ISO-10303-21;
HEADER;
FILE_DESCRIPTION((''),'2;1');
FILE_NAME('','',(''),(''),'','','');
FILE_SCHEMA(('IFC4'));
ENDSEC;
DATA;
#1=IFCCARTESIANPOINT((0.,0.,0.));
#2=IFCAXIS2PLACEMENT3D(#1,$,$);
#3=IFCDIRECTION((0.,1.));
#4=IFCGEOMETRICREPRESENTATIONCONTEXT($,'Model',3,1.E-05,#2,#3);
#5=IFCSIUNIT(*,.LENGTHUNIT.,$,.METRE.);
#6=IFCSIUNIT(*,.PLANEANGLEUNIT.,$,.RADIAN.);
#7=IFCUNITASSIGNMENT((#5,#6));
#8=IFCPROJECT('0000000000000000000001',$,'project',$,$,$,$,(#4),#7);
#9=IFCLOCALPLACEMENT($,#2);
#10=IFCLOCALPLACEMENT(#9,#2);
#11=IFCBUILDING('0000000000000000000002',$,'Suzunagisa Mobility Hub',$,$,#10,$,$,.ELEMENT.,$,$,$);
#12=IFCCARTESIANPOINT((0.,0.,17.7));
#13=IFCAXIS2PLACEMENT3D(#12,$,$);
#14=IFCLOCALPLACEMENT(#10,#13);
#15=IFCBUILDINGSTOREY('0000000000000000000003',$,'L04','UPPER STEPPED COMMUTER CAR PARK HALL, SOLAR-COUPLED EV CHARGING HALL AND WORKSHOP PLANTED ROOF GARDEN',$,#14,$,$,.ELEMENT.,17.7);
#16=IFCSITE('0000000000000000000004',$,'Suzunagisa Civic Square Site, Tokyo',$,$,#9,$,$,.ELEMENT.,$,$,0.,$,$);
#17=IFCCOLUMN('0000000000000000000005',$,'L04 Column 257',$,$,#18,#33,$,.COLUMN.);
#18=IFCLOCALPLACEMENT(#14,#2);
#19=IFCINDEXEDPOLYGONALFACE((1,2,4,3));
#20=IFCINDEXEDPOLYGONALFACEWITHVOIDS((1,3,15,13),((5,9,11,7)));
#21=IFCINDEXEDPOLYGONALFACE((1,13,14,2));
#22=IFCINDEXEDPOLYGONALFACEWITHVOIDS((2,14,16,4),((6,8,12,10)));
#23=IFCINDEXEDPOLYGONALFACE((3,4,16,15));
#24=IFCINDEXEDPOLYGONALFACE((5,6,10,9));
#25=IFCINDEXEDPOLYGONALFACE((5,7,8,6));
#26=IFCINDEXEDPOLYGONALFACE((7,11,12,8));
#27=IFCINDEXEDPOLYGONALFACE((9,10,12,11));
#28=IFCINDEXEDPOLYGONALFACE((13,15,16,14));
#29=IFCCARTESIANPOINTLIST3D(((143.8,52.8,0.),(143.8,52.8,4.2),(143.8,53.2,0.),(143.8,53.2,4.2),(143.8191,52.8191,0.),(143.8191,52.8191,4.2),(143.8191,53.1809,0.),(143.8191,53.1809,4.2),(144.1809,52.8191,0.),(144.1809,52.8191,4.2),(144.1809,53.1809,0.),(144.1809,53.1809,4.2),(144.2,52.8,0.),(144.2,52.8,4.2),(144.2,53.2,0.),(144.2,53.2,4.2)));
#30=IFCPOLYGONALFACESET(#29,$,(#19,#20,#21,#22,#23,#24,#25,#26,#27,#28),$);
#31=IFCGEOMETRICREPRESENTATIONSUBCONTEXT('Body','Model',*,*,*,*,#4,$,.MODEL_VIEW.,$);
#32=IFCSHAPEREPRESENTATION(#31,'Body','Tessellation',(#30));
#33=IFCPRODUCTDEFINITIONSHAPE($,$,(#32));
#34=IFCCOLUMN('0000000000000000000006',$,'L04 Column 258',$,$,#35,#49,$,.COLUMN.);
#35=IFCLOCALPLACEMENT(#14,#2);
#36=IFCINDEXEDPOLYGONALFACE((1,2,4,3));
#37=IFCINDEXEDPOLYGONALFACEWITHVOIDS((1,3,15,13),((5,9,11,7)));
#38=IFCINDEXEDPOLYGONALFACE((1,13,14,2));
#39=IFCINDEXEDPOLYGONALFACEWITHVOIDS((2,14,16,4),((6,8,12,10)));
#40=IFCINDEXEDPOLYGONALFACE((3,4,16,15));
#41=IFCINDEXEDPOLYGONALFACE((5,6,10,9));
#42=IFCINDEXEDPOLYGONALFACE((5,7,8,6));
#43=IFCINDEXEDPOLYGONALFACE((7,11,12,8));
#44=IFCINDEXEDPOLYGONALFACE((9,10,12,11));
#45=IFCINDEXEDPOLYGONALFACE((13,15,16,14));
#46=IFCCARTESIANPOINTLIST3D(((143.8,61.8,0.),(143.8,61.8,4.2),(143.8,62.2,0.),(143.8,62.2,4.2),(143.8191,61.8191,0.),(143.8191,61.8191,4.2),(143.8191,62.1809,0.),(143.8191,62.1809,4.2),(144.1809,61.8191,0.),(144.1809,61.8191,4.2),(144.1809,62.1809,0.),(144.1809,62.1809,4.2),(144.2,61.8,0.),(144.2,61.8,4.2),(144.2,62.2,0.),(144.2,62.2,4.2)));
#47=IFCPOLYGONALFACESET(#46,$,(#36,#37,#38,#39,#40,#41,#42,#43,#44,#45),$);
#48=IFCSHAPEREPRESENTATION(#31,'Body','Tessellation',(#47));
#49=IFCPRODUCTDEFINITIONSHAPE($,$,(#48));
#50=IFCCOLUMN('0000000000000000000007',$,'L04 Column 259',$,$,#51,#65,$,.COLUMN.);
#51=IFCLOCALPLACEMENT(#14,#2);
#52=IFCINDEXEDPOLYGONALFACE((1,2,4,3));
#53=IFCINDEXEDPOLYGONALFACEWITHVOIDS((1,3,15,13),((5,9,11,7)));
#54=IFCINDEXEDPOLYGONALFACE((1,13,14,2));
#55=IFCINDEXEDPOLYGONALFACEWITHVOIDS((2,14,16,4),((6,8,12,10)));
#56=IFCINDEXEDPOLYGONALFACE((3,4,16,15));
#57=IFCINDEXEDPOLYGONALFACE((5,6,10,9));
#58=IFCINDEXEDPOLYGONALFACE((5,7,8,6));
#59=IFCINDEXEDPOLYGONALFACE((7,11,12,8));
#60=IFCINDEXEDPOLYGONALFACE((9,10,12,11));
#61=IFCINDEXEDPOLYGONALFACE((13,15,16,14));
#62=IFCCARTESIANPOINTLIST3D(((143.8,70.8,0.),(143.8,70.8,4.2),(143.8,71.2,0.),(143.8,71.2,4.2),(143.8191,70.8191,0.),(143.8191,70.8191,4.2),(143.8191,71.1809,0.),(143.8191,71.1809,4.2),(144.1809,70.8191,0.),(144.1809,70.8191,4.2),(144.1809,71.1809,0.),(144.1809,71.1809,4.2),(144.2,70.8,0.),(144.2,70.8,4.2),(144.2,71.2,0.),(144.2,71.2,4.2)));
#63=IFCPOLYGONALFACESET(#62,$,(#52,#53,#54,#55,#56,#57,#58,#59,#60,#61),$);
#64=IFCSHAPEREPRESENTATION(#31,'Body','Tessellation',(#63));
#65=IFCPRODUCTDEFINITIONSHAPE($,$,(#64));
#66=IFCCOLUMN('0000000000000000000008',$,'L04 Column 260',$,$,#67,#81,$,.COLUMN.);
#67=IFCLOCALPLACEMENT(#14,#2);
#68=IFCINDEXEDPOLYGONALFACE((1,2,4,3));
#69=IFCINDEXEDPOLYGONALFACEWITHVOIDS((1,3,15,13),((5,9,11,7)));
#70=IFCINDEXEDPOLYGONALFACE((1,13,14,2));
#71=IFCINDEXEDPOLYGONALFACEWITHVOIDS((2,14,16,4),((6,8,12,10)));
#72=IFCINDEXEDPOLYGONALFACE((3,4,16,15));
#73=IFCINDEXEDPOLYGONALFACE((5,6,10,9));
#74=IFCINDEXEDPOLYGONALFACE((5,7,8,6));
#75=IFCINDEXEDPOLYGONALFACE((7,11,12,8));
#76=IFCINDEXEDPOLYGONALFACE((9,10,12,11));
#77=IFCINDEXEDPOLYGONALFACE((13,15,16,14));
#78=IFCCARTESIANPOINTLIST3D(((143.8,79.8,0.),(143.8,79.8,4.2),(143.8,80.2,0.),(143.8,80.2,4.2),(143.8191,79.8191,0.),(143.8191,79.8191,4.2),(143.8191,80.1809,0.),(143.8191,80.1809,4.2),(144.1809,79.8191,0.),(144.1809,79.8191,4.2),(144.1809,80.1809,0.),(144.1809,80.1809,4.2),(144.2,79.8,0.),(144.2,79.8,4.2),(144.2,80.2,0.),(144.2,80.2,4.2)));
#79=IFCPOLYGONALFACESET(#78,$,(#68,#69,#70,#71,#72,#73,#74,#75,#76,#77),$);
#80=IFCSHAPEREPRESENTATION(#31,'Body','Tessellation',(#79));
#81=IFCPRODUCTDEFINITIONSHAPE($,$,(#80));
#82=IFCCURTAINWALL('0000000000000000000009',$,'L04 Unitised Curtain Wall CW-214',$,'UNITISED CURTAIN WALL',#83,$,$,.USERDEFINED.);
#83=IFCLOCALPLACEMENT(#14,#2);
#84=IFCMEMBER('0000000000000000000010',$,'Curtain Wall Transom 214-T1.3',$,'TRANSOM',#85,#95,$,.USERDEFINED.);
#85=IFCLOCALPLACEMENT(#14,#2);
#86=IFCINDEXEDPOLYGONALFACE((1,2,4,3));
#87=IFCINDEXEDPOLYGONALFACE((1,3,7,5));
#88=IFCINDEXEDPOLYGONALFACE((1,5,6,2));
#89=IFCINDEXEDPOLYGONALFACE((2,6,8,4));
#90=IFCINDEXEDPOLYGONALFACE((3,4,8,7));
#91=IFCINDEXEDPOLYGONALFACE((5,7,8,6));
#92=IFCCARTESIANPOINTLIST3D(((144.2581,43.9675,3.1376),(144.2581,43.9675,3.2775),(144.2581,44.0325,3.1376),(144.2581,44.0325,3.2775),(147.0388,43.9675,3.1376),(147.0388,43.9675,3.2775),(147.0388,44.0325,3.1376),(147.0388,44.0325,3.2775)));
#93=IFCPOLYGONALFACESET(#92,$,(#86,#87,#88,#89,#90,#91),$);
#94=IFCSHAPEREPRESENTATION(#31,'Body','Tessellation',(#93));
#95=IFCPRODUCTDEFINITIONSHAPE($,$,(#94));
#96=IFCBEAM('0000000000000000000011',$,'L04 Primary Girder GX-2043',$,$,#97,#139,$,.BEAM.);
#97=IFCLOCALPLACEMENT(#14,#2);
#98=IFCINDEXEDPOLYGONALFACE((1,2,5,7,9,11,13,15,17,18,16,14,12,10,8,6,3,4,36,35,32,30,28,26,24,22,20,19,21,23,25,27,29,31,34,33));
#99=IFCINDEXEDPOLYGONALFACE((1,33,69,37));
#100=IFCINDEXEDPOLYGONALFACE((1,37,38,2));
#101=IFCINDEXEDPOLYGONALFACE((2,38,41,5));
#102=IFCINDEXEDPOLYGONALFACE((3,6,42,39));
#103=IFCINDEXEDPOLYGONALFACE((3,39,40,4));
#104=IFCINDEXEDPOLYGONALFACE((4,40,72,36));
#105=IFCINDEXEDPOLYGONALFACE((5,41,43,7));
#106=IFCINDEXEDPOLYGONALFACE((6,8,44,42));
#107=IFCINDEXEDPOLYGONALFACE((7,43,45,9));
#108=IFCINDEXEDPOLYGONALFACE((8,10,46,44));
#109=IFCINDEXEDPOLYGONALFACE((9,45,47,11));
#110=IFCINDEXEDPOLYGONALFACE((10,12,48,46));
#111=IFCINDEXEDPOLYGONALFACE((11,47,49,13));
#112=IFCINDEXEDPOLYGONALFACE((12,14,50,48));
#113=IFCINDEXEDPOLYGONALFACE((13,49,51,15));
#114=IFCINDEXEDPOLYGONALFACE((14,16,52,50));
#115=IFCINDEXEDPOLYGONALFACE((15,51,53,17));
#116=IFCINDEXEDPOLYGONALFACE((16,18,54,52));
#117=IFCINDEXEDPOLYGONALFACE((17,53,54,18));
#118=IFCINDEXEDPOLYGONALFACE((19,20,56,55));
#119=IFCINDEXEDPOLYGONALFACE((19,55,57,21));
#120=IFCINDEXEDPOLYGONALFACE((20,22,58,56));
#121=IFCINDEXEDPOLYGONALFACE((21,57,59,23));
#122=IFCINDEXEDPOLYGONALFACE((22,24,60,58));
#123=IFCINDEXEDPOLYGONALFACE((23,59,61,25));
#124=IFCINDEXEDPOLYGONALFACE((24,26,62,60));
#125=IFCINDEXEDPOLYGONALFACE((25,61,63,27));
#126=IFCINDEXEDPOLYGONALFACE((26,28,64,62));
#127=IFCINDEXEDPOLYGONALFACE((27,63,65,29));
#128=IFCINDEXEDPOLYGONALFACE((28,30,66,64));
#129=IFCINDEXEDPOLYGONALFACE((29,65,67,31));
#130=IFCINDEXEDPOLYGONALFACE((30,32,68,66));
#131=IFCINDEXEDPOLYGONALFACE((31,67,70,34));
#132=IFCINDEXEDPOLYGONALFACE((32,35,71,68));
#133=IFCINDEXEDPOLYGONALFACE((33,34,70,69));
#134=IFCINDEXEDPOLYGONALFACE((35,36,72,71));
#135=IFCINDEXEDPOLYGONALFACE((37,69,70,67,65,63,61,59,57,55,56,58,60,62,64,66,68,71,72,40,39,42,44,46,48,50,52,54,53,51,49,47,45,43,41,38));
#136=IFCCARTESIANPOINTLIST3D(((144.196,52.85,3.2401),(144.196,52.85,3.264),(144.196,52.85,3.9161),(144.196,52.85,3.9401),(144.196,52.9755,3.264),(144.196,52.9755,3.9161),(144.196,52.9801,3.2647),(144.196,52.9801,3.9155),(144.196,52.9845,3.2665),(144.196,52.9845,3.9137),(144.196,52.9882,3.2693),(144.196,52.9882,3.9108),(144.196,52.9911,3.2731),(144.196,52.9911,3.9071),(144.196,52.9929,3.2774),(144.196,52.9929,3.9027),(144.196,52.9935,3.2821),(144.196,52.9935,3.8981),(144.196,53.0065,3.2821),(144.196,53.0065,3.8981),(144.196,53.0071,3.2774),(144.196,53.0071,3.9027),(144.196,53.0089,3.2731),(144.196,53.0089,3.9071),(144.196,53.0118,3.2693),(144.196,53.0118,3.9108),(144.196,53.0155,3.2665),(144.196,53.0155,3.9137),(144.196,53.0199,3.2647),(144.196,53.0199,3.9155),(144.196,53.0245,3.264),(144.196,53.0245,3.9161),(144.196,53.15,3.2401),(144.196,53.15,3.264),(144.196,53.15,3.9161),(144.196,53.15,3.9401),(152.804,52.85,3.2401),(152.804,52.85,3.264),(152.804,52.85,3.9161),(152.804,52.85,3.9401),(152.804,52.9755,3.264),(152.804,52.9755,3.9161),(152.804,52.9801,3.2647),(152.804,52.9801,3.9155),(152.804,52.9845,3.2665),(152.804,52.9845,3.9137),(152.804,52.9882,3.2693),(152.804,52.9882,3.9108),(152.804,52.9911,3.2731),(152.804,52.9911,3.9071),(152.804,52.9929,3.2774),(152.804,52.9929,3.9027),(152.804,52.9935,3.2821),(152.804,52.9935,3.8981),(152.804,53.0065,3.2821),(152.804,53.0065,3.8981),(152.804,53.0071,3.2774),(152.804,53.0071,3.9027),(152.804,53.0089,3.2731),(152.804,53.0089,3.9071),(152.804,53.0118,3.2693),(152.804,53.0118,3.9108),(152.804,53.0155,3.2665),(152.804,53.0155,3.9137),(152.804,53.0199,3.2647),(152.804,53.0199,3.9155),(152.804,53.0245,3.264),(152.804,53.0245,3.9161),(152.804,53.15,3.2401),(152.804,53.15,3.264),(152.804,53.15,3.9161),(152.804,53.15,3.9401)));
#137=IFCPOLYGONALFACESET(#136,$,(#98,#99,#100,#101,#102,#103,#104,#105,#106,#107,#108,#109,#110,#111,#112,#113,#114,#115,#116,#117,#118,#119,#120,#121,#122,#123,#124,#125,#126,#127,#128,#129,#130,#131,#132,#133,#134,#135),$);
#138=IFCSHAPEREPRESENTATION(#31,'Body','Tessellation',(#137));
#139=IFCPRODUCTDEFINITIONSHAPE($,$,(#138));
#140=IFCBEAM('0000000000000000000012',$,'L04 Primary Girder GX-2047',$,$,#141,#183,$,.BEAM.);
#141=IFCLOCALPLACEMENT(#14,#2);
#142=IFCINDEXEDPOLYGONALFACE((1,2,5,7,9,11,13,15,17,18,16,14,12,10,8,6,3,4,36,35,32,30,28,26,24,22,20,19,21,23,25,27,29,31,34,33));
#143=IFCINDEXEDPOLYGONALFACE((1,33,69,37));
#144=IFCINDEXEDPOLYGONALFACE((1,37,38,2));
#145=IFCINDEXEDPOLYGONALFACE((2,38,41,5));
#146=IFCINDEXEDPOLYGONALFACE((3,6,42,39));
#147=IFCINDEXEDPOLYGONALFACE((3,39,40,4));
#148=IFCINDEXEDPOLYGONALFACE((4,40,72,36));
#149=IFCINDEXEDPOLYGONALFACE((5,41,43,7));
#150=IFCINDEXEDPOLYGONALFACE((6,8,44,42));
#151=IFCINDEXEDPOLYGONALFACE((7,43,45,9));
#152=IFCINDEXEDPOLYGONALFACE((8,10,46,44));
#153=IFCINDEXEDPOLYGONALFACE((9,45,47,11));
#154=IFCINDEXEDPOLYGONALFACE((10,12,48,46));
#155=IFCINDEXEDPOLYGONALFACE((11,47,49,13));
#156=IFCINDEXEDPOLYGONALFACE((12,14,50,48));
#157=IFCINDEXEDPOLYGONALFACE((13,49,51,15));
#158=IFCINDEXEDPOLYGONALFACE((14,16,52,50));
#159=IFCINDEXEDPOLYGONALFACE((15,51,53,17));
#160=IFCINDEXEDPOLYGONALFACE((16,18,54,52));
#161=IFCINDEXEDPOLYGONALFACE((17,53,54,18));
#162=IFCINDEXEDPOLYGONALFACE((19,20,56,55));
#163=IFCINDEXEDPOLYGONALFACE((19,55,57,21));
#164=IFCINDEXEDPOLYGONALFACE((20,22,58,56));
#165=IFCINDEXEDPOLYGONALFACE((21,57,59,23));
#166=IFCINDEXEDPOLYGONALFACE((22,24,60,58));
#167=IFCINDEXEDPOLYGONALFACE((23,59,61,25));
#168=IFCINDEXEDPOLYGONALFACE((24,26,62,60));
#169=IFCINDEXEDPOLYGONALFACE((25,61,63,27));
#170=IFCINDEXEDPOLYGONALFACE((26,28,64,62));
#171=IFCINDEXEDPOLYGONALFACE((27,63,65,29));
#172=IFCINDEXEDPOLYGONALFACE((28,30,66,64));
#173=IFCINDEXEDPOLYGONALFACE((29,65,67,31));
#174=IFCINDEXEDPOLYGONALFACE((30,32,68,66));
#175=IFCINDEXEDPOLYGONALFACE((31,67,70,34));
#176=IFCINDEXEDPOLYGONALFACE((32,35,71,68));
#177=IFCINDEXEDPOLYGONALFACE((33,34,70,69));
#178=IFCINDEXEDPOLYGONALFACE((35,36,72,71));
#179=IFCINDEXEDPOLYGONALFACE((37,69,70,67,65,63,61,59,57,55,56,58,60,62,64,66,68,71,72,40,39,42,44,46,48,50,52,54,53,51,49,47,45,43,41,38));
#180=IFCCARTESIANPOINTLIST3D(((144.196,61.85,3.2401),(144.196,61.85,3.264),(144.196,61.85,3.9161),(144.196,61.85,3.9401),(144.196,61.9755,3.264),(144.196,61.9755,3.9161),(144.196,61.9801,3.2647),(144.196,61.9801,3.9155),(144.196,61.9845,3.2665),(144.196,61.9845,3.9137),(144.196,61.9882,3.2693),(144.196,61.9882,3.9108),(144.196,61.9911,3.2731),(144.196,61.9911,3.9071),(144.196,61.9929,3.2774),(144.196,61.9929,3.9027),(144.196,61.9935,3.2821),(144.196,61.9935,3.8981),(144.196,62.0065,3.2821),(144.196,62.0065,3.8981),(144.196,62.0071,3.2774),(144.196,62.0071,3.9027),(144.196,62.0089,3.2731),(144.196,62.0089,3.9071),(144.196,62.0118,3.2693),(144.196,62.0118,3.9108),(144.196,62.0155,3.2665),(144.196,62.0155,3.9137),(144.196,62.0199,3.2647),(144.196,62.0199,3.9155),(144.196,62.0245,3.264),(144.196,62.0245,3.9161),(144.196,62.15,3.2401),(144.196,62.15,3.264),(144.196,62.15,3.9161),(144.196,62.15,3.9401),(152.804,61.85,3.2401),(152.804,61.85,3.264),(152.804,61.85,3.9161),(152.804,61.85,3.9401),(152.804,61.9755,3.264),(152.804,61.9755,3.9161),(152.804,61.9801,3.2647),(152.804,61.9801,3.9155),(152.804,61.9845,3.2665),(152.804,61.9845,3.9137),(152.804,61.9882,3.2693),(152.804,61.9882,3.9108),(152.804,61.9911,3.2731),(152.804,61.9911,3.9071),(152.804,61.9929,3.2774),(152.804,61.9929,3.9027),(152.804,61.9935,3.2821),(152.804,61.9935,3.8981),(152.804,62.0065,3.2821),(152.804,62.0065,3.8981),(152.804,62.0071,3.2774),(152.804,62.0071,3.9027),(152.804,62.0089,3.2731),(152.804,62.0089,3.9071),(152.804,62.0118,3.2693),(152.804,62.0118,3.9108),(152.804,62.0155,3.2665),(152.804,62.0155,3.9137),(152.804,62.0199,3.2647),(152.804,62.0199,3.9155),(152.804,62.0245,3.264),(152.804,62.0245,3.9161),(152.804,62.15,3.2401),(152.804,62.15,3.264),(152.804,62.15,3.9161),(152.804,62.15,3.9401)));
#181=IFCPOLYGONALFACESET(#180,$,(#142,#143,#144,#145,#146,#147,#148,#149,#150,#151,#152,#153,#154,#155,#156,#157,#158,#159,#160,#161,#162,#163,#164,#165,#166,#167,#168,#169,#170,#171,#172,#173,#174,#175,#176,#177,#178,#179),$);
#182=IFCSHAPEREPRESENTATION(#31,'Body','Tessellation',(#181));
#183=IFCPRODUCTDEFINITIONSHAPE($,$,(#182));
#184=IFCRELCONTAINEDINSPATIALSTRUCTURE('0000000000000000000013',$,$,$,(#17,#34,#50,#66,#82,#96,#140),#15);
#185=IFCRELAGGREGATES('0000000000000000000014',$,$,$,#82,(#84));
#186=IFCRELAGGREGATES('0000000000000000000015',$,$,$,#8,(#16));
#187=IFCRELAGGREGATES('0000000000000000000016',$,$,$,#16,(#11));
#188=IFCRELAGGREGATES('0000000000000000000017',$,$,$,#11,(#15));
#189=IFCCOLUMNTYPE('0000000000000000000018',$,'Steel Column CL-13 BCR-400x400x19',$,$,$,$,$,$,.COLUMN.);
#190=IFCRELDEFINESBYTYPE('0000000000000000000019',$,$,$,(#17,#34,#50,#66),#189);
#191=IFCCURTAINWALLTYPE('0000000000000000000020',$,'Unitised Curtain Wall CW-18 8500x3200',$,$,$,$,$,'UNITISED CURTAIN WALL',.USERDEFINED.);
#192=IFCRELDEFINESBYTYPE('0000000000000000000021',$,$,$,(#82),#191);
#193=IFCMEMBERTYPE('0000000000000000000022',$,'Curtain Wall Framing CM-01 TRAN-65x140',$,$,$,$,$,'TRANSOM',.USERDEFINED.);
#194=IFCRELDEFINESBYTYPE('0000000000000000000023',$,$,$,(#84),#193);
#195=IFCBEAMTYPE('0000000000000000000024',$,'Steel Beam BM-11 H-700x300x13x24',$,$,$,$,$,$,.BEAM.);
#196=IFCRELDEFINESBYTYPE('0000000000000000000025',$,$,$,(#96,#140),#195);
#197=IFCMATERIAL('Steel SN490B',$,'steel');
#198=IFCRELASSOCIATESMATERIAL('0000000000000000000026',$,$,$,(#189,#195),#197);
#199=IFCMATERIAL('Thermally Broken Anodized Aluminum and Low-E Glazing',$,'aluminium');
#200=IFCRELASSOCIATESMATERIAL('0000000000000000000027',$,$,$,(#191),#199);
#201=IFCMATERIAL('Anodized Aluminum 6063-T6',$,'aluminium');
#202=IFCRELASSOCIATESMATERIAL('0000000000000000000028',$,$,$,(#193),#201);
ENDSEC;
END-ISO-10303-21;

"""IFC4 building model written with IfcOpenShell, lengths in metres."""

from ifc_helpers import new_model, si_unit, direction, frame, origin, origin_2d, place, context, subcontext, project, spatial, rectangle, hollow_rectangle, i_section, extrude, material, material_profile, profile_set, type_object, element, aggregate, save


model = new_model("IFC4")

# Units and contexts
model_context = context("Model", 3, precision=1e-05, world=origin(), true_north=direction((0.0, 1.0)))
body_context = subcontext(model_context, "Body", "Model", "MODEL_VIEW")
ifc_project = project(units=[si_unit("LENGTHUNIT", "METRE"), si_unit("PLANEANGLEUNIT", "RADIAN")], contexts=[model_context])

# Site, building, storey
site_placement = place(None, origin())
site = spatial("IfcSite", under=ifc_project, at=site_placement, Name="Suzunagisa Civic Square Site, Tokyo", CompositionType="ELEMENT", RefElevation=0.0)
building_placement = place(site_placement, origin())
building = spatial("IfcBuilding", under=site, at=building_placement, Name="Suzunagisa Mobility Hub", CompositionType="ELEMENT")
storey_placement = place(building_placement, frame((0.0, 0.0, 17.7)))
storey = spatial("IfcBuildingStorey", under=building, at=storey_placement, Name="L04", Description="UPPER STEPPED COMMUTER CAR PARK HALL, SOLAR-COUPLED EV CHARGING HALL AND WORKSHOP PLANTED ROOF GARDEN", CompositionType="ELEMENT", Elevation=17.7)

# Columns
ifc_material_1 = material(Name="Steel SN490B", Category="steel")
ifc_material_profile_1 = material_profile(ifc_material_1, hollow_rectangle(XDim=0.3999, YDim=0.3999, WallThickness=0.019, at=origin_2d()), Name="BCR-400x400x19")
ifc_profile_set_1 = profile_set([ifc_material_profile_1], Name="Steel SN490B")
column_type = type_object("IfcColumnType", Name="Steel Column CL-13 BCR-400x400x19", PredefinedType="COLUMN", material=ifc_profile_set_1)
for number, where, z_axis, x_axis, name in (
    (1, (144.0, 53.0, 0.0), (0.0, 0.0, 1.0), (1.0, 0.0, 0.0), "L04 Column 257"),
    (2, (144.0, 62.0, 0.0), (0.0, 0.0, 1.0), (1.0, 0.0, 0.0), "L04 Column 258"),
    (3, (144.0, 71.0, 0.0), (0.0, 0.0, 1.0), (1.0, 0.0, 0.0), "L04 Column 259"),
    (4, (144.0, 80.0, 0.0), (0.0, 0.0, 1.0), (1.0, 0.0, 0.0), "L04 Column 260"),
):
    element("IfcColumn", number, at=place(storey_placement, frame(where, z_axis=z_axis, x_axis=x_axis)), inside=storey, type_object=column_type, Name=name, PredefinedType="COLUMN", context=body_context, shape_type="SweptSolid", body=[
        extrude(hollow_rectangle(XDim=0.3999, YDim=0.3999, WallThickness=0.019, at=origin_2d()), origin(), (0.0, 0.0, 1.0), 4.2),
    ])

# Curtain wall, member
ifc_material_2 = material(Name="Thermally Broken Anodized Aluminum and Low-E Glazing", Category="aluminium")
curtain_wall_type = type_object("IfcCurtainWallType", Name="Unitised Curtain Wall CW-18 8500x3200", ElementType="UNITISED CURTAIN WALL", PredefinedType="USERDEFINED", material=ifc_material_2)
curtain_wall_placement = place(storey_placement, origin())
curtain_wall = element("IfcCurtainWall", 5, at=curtain_wall_placement, inside=storey, type_object=curtain_wall_type, Name="L04 Unitised Curtain Wall CW-214", ObjectType="UNITISED CURTAIN WALL", PredefinedType="USERDEFINED")
ifc_material_3 = material(Name="Anodized Aluminum 6063-T6", Category="aluminium")
ifc_material_profile_2 = material_profile(ifc_material_3, rectangle(XDim=0.0649, YDim=0.1399, at=origin_2d()), Name="TRAN-65x140")
ifc_profile_set_2 = profile_set([ifc_material_profile_2], Name="Anodized Aluminum 6063-T6")
member_type = type_object("IfcMemberType", Name="Curtain Wall Framing CM-01 TRAN-65x140", ElementType="TRANSOM", PredefinedType="USERDEFINED", material=ifc_profile_set_2)
member_placement = place(storey_placement, frame((144.2581, 44.0, 3.2075), z_axis=(1.0, 0.0, 0.0), x_axis=(0.0, 1.0, 0.0)))
member = element("IfcMember", 6, at=member_placement, type_object=member_type, Name="Curtain Wall Transom 214-T1.3", ObjectType="TRANSOM", PredefinedType="USERDEFINED", context=body_context, shape_type="SweptSolid", body=[
    extrude(rectangle(XDim=0.0649, YDim=0.1399, at=origin_2d()), origin(), (0.0, 0.0, 1.0), 2.7808),
])

# Beams
ifc_material_profile_3 = material_profile(ifc_material_1, i_section(OverallWidth=0.3, OverallDepth=0.7, WebThickness=0.0129, FlangeThickness=0.0239, FilletRadius=0.0181, at=origin_2d()), Name="H-700x300x13x24")
ifc_profile_set_3 = profile_set([ifc_material_profile_3], Name="Steel SN490B")
beam_type_1 = type_object("IfcBeamType", Name="Steel Beam BM-11 H-700x300x13x24", PredefinedType="BEAM", material=ifc_profile_set_3)
for number, where, z_axis, x_axis, name in (
    (7, (144.196, 53.0, 3.5901), (1.0, 0.0, 0.0), (0.0, 1.0, 0.0), "L04 Primary Girder GX-2043"),
    (8, (144.196, 62.0, 3.5901), (1.0, 0.0, 0.0), (0.0, 1.0, 0.0), "L04 Primary Girder GX-2047"),
):
    element("IfcBeam", number, at=place(storey_placement, frame(where, z_axis=z_axis, x_axis=x_axis)), inside=storey, type_object=beam_type_1, Name=name, PredefinedType="BEAM", context=body_context, shape_type="SweptSolid", body=[
        extrude(i_section(OverallWidth=0.3, OverallDepth=0.7, WebThickness=0.0129, FlangeThickness=0.0239, FilletRadius=0.0181, at=origin_2d()), origin(), (0.0, 0.0, 1.0), 8.6079),
    ])

aggregate(curtain_wall, [member])

save(model, "model.ifc")
